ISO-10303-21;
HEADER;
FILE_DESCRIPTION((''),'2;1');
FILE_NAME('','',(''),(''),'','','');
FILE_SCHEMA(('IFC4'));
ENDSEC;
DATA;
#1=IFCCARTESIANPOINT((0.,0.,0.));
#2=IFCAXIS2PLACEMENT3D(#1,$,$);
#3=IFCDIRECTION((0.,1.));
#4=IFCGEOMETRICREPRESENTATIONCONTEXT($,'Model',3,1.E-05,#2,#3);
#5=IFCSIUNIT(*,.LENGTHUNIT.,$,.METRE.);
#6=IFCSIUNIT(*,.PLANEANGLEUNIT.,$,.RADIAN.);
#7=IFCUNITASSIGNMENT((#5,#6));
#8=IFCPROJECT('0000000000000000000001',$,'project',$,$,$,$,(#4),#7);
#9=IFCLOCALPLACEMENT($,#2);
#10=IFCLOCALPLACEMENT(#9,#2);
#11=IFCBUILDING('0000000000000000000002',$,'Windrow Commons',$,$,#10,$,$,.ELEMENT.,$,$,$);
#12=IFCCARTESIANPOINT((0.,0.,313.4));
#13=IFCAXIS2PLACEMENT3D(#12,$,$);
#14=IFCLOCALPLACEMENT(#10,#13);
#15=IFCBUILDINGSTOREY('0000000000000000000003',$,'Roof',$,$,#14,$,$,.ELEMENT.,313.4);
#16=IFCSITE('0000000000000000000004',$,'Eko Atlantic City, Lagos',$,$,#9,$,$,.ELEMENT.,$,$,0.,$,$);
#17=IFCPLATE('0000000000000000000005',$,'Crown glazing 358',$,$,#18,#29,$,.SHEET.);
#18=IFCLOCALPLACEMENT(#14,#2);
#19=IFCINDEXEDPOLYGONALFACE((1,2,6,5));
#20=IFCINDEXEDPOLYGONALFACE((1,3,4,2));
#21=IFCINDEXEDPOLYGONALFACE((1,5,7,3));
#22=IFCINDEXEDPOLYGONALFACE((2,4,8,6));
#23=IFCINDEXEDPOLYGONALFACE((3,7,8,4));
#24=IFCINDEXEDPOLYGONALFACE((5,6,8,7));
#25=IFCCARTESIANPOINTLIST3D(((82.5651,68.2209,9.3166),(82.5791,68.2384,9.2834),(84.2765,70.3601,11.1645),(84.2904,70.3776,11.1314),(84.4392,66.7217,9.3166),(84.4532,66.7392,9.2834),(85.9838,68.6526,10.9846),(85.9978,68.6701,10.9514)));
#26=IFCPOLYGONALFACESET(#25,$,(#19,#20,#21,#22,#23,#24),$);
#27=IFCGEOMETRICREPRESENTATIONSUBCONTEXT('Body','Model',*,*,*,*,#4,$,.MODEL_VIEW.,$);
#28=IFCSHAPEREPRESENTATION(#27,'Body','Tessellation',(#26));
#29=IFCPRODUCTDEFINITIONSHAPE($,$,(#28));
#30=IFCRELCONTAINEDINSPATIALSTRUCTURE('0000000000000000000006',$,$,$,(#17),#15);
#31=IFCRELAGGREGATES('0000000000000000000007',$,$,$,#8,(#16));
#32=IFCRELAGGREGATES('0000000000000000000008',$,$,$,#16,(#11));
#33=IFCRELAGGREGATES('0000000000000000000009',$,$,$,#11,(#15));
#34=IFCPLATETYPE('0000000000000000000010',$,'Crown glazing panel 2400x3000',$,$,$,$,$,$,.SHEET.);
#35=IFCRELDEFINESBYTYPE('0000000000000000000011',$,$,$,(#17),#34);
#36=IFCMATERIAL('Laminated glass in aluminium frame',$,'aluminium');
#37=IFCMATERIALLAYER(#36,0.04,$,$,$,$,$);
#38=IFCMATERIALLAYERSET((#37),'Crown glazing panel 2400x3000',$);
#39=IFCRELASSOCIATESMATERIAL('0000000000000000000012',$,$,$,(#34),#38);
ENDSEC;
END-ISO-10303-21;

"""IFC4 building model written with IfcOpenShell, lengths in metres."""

from ifc_helpers import new_model, si_unit, direction, frame, origin, place, context, subcontext, project, spatial, polyline, outline, extrude, material, layer, layer_set, type_object, element, save


model = new_model("IFC4")

# Units and contexts
model_context = context("Model", 3, precision=1e-05, world=origin(), true_north=direction((0.0, 1.0)))
body_context = subcontext(model_context, "Body", "Model", "MODEL_VIEW")
ifc_project = project(units=[si_unit("LENGTHUNIT", "METRE"), si_unit("PLANEANGLEUNIT", "RADIAN")], contexts=[model_context])

# Site, building, storey
site_placement = place(None, origin())
site = spatial("IfcSite", under=ifc_project, at=site_placement, Name="Eko Atlantic City, Lagos", CompositionType="ELEMENT", RefElevation=0.0)
building_placement = place(site_placement, origin())
building = spatial("IfcBuilding", under=site, at=building_placement, Name="Windrow Commons", CompositionType="ELEMENT")
storey_placement = place(building_placement, frame((0.0, 0.0, 313.4)))
storey = spatial("IfcBuildingStorey", under=building, at=storey_placement, Name="Roof", CompositionType="ELEMENT", Elevation=313.4)

# Plate
ifc_material_1 = material(Name="Laminated glass in aluminium frame", Category="aluminium")
ifc_layer = layer(ifc_material_1, 0.04)
ifc_layer_set = layer_set([ifc_layer], Name="Crown glazing panel 2400x3000")
plate_type = type_object("IfcPlateType", Name="Crown glazing panel 2400x3000", PredefinedType="SHEET", material=ifc_layer_set)
plate_1_placement = place(storey_placement, frame((84.4392, 66.7217, 9.3166), z_axis=(-0.349331, -0.436681, 0.829022), x_axis=(-0.780884, 0.624676, -0.000003)))
element("IfcPlate", 1, at=plate_1_placement, inside=storey, type_object=plate_type, Name="Crown glazing 358", PredefinedType="SHEET", context=body_context, shape_type="SweptSolid", body=[
    extrude(outline(polyline([(0.0, 0.0), (2.4, 0.0), (2.3999, -3.3045), (0.0, -2.9827), (0.0, 0.0)])), origin(), (0.0, 0.0, -1.0), 0.04),
])

save(model, "model.ifc")
